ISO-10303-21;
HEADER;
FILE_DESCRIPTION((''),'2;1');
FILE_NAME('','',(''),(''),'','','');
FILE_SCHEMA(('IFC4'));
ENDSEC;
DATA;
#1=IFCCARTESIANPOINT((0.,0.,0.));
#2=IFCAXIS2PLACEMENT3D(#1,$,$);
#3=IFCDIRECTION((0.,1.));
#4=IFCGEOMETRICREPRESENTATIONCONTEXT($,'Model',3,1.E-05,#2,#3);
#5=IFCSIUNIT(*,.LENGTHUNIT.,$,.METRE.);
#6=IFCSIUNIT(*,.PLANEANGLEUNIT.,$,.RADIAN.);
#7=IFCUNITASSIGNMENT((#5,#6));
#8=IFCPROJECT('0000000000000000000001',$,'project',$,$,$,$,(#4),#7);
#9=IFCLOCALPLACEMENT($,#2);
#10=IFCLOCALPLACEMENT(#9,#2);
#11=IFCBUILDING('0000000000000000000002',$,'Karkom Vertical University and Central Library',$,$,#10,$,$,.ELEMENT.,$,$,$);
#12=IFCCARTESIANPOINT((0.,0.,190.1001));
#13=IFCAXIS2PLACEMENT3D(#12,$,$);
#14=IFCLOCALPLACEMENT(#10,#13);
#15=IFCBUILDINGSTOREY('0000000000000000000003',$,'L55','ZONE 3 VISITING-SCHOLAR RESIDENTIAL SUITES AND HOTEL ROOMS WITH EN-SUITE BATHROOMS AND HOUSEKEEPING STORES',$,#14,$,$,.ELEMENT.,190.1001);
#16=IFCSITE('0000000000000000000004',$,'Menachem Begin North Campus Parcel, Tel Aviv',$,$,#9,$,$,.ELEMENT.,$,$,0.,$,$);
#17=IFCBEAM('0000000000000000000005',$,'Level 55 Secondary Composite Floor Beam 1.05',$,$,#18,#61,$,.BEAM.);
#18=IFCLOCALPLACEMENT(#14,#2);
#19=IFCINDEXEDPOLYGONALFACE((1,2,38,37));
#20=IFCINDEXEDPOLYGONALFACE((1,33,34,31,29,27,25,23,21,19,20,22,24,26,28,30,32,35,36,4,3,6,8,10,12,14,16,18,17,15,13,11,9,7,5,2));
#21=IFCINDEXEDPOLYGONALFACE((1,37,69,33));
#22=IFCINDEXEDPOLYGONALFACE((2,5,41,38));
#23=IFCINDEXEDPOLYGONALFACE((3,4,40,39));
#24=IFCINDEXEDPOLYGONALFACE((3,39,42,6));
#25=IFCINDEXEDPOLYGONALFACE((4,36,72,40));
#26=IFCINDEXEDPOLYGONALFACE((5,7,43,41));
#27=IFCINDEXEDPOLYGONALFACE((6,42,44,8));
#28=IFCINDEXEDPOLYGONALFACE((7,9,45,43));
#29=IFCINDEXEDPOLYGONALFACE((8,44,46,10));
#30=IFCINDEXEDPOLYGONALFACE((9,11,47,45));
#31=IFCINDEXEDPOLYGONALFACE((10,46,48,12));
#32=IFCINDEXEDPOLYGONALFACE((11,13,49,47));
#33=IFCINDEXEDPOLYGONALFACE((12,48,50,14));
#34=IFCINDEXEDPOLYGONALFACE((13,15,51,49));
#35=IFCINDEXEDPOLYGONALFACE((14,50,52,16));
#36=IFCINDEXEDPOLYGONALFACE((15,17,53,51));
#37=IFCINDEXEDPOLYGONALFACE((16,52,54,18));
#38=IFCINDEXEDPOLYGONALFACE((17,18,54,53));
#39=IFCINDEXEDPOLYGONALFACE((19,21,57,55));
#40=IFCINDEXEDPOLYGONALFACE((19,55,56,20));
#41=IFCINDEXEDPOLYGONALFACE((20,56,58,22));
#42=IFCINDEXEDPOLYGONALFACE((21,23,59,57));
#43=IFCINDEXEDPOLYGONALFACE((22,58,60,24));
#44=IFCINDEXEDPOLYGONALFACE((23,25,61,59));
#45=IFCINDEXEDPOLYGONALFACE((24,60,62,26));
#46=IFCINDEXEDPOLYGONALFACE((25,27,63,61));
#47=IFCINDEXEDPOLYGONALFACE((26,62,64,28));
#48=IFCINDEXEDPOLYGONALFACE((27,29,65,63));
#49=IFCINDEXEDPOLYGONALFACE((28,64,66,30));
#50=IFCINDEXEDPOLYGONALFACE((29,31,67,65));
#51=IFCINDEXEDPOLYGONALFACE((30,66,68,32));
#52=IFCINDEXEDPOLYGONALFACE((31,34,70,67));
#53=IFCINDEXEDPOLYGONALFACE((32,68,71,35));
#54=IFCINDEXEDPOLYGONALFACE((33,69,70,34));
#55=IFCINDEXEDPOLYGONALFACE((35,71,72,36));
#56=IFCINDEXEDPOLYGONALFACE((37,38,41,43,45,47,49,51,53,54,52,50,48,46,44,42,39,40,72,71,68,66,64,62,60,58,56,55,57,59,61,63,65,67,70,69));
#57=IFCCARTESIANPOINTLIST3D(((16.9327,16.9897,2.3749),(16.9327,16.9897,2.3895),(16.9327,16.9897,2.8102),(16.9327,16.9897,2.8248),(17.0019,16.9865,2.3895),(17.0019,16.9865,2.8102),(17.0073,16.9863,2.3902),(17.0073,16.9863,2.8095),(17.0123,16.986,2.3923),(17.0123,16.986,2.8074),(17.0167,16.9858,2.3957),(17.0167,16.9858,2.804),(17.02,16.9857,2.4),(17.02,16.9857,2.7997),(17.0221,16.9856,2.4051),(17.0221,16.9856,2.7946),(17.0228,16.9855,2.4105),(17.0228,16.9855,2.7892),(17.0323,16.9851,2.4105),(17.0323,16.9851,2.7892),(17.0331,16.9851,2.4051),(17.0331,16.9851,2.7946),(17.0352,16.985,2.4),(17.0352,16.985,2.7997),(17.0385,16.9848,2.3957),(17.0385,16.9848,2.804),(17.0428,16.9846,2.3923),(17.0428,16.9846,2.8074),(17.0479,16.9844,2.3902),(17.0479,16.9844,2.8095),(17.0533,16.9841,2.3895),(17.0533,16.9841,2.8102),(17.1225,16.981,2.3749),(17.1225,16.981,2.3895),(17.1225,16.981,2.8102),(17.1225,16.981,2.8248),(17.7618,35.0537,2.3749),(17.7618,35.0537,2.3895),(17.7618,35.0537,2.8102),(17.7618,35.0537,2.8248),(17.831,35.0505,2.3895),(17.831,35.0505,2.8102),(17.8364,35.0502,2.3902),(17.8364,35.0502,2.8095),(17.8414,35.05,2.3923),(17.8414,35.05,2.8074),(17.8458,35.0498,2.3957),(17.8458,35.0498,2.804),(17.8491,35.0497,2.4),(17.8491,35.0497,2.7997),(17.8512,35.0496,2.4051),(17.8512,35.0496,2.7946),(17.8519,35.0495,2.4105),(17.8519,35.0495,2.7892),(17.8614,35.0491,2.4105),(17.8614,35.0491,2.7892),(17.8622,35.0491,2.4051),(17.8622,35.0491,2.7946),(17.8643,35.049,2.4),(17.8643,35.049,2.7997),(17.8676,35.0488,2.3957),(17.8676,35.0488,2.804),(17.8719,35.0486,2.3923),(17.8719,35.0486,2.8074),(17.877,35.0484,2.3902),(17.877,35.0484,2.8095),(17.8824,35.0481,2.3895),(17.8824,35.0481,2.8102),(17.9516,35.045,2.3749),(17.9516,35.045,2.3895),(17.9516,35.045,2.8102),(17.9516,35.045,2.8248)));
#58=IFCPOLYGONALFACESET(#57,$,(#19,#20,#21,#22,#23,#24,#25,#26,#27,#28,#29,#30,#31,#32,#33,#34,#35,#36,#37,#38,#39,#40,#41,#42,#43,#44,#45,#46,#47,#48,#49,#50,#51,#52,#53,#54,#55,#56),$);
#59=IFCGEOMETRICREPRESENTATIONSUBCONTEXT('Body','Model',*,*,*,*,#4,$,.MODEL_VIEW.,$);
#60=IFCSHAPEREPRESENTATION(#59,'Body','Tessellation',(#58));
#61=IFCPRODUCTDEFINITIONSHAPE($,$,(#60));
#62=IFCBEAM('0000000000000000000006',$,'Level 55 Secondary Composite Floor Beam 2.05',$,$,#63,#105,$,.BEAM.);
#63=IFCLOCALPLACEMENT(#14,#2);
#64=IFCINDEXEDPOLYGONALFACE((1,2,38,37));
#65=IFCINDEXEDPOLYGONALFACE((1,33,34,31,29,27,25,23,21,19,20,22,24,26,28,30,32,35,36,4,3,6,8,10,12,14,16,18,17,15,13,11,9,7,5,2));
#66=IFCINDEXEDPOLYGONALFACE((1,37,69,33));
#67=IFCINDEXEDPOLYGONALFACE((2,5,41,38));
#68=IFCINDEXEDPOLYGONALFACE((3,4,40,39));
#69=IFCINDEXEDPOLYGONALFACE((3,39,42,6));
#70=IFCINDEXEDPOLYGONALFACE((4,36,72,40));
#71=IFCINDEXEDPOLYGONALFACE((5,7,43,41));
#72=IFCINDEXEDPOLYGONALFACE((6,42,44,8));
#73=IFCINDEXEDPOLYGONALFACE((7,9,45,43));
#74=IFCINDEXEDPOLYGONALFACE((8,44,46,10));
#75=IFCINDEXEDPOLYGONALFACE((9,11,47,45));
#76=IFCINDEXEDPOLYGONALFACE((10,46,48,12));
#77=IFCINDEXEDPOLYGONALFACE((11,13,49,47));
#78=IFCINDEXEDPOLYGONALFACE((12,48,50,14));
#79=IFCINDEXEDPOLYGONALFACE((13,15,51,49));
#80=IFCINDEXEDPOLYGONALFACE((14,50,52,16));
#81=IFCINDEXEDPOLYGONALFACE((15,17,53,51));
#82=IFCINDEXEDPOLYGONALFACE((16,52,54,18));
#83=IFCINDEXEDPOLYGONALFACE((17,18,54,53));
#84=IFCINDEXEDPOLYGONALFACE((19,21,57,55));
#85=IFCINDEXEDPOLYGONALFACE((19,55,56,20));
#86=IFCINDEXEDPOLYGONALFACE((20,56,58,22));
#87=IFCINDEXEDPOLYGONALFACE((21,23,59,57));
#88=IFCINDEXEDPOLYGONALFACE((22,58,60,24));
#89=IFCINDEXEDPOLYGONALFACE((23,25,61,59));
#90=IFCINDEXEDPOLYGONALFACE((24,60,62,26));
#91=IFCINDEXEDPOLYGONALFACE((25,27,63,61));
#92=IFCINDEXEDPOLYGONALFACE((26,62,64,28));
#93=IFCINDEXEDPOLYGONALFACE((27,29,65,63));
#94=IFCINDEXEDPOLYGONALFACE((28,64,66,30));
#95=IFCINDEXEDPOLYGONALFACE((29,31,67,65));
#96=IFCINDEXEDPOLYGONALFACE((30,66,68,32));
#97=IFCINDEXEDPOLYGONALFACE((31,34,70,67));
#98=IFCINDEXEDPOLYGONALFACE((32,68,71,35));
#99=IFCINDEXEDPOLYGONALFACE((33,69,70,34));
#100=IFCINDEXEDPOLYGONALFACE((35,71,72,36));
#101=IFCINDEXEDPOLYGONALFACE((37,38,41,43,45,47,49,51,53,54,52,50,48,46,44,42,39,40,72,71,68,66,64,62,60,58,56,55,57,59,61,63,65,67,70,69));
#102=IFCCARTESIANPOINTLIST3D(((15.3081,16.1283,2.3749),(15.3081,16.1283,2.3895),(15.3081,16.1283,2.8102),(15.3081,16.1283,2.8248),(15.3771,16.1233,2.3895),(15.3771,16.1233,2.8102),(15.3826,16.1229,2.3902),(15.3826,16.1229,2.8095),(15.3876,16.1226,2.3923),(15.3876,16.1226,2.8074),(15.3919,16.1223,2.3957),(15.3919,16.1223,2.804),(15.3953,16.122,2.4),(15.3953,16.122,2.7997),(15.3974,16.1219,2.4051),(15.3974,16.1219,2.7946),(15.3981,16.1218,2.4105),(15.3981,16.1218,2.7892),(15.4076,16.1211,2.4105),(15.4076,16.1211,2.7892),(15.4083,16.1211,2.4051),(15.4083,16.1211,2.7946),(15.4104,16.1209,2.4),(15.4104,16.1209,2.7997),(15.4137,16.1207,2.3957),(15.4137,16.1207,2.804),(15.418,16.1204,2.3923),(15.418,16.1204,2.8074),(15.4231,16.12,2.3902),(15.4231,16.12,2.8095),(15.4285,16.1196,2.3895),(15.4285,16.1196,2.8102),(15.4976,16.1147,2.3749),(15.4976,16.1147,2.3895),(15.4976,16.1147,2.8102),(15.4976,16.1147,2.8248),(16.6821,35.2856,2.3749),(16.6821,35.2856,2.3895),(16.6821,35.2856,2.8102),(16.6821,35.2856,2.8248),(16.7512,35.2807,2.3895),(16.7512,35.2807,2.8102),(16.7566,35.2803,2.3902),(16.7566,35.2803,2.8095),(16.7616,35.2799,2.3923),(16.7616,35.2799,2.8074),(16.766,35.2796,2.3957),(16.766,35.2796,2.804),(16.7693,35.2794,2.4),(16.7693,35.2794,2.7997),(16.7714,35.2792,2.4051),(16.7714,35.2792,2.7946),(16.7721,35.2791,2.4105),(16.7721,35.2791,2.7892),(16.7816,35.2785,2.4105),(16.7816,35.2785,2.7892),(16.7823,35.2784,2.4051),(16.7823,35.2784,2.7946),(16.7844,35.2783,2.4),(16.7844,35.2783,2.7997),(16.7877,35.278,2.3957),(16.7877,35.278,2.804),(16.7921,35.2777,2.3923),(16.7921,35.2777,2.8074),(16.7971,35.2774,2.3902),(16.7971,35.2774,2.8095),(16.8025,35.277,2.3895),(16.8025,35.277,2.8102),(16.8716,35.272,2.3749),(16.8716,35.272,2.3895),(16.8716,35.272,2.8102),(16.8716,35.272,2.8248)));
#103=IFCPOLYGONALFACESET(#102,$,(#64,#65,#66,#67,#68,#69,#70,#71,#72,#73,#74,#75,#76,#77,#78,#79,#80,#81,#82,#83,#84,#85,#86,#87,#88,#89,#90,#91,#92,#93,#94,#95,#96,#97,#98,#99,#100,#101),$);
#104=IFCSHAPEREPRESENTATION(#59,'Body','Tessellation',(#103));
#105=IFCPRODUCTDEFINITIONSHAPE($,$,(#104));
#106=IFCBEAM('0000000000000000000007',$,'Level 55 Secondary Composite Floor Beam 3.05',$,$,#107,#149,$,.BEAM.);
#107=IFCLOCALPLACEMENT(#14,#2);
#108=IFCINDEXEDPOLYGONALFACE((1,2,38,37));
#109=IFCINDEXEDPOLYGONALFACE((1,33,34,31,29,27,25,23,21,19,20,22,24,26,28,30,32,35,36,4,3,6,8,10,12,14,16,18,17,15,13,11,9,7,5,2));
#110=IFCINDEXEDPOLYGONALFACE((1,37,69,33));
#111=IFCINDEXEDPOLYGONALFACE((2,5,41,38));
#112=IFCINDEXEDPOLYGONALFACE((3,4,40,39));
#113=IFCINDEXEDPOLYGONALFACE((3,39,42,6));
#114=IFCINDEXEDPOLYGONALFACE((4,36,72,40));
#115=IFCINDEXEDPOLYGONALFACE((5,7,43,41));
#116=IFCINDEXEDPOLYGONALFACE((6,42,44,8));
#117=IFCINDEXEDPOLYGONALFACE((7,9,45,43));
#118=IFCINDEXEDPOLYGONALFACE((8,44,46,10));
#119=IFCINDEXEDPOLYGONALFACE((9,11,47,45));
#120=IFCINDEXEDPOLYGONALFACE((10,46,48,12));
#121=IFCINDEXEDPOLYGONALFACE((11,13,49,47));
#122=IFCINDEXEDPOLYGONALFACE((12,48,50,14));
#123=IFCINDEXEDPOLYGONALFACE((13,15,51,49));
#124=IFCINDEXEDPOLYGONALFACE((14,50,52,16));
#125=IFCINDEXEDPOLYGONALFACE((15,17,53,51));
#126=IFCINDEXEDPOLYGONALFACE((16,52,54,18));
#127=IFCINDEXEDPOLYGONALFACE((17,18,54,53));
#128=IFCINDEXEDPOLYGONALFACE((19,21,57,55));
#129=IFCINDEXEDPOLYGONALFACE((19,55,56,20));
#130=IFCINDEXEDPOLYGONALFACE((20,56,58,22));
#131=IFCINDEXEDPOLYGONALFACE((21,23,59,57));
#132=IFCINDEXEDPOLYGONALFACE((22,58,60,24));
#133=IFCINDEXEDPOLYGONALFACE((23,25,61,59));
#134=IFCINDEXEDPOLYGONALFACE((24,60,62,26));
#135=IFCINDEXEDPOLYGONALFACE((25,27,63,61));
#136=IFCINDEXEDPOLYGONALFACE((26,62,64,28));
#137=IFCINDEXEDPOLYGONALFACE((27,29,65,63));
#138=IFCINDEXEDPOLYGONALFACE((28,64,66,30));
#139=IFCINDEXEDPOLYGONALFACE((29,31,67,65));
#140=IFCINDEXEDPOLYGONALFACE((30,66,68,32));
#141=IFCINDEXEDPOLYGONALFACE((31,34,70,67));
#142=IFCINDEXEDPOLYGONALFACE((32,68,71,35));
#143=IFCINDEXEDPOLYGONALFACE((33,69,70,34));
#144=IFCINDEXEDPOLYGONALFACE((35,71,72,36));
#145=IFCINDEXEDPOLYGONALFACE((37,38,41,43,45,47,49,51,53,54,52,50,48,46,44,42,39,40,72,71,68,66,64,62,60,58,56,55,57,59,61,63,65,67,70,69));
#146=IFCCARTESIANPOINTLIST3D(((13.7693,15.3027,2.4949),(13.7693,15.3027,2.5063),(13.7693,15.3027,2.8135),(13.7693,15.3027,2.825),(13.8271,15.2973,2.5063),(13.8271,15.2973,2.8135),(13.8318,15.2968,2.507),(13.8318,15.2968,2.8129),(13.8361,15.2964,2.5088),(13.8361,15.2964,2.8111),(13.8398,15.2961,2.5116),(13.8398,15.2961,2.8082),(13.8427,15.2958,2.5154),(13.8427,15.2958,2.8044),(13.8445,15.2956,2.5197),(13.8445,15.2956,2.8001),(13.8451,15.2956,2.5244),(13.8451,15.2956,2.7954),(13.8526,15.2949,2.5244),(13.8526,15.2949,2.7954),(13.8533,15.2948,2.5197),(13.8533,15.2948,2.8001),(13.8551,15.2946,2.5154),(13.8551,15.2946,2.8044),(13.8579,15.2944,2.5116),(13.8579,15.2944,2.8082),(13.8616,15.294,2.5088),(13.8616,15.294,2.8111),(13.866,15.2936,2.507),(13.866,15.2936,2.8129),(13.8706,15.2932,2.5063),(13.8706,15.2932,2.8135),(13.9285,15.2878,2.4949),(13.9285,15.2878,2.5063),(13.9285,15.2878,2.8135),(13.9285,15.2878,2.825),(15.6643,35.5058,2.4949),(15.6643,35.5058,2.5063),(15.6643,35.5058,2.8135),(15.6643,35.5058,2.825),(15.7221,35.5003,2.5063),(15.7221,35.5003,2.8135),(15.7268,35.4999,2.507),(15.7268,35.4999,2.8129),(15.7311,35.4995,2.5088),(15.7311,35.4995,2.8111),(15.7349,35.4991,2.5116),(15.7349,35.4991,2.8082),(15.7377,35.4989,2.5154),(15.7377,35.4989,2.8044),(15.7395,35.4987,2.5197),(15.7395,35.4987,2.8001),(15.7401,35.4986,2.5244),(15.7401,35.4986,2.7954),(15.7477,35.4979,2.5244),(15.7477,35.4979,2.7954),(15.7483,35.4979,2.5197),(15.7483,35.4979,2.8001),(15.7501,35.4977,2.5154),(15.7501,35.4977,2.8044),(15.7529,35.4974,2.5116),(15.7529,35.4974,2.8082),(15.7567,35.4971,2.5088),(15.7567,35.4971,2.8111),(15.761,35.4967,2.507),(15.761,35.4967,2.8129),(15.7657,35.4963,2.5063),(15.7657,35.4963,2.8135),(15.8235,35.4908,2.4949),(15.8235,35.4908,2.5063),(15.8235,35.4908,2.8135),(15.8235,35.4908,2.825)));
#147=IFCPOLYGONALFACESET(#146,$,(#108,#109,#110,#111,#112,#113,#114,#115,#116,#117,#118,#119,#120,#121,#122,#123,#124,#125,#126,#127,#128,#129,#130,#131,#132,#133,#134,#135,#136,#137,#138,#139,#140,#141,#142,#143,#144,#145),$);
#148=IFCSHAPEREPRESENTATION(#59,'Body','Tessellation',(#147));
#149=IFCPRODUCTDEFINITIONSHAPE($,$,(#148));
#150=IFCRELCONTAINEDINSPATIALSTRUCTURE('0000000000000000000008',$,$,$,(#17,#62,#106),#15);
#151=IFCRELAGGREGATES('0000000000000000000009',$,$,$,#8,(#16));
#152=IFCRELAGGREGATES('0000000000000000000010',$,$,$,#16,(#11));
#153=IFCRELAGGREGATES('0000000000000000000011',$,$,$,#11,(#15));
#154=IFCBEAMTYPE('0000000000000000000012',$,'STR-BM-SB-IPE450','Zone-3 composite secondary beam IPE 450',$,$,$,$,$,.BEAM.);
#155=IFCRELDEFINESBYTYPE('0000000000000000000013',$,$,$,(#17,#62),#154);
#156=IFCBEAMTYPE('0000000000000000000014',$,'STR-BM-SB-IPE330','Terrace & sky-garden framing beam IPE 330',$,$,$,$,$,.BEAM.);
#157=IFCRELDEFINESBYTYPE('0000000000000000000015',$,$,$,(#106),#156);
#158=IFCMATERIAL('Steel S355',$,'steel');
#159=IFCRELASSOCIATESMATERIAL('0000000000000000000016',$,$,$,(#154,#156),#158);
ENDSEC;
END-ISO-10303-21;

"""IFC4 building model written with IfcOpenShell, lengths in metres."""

from ifc_helpers import new_model, si_unit, direction, frame, origin, origin_with_axes, origin_2d, place, context, subcontext, project, spatial, i_section, extrude, source, transform, mapped, material, material_profile, profile_set, type_object, element, save


model = new_model("IFC4")

# Units and contexts
model_context = context("Model", 3, precision=1e-05, world=origin(), true_north=direction((0.0, 1.0)))
body_context = subcontext(model_context, "Body", "Model", "MODEL_VIEW")
ifc_project = project(units=[si_unit("LENGTHUNIT", "METRE"), si_unit("PLANEANGLEUNIT", "RADIAN")], contexts=[model_context])

# Site, building, storey
site_placement = place(None, origin())
site = spatial("IfcSite", under=ifc_project, at=site_placement, Name="Menachem Begin North Campus Parcel, Tel Aviv", CompositionType="ELEMENT", RefElevation=0.0)
building_placement = place(site_placement, origin())
building = spatial("IfcBuilding", under=site, at=building_placement, Name="Karkom Vertical University and Central Library", CompositionType="ELEMENT")
storey_placement = place(building_placement, frame((0.0, 0.0, 190.1001)))
storey = spatial("IfcBuildingStorey", under=building, at=storey_placement, Name="L55", Description="ZONE 3 VISITING-SCHOLAR RESIDENTIAL SUITES AND HOTEL ROOMS WITH EN-SUITE BATHROOMS AND HOUSEKEEPING STORES", CompositionType="ELEMENT", Elevation=190.1001)

# Beams
ifc_material_1 = material(Name="Steel S355", Category="steel")
ifc_material_profile_1 = material_profile(ifc_material_1, i_section(OverallWidth=0.1899, OverallDepth=0.45, WebThickness=0.0095, FlangeThickness=0.0146, FilletRadius=0.021, at=origin_2d()), Name="IPE 450")
ifc_profile_set_1 = profile_set([ifc_material_profile_1], Name="Steel S355")
beam_type_1 = type_object("IfcBeamType", Name="STR-BM-SB-IPE450", Description="Zone-3 composite secondary beam IPE 450", PredefinedType="BEAM", material=ifc_profile_set_1)
shared_shape_1 = source(origin_with_axes(), body_context, "Body", "SweptSolid", [
    extrude(i_section(OverallWidth=0.1899, OverallDepth=0.45, WebThickness=0.0095, FlangeThickness=0.0146, FilletRadius=0.021, at=origin_2d()), origin(), (0.0, 0.0, 1.0), 18.083),
])
beam_1_placement = place(storey_placement, frame((17.8567, 35.0493, 2.5999), z_axis=(-0.04585, -0.998948, 0.0), x_axis=(0.998948, -0.04585, 0.0)))
element("IfcBeam", 1, at=beam_1_placement, inside=storey, type_object=beam_type_1, Name="Level 55 Secondary Composite Floor Beam 1.05", PredefinedType="BEAM", context=body_context, shape_type="MappedRepresentation", body=[
    mapped(shared_shape_1, transform((0.0, 0.0, 0.0), scale=1.0)),
])
shared_shape_2 = source(origin_with_axes(), body_context, "Body", "SweptSolid", [
    extrude(i_section(OverallWidth=0.1899, OverallDepth=0.45, WebThickness=0.0095, FlangeThickness=0.0146, FilletRadius=0.021, at=origin_2d()), origin(), (0.0, 0.0, 1.0), 19.2065),
])
beam_2_placement = place(storey_placement, frame((16.7769, 35.2788, 2.5999), z_axis=(-0.07154, -0.997438, 0.0), x_axis=(0.997438, -0.07154, 0.0)))
element("IfcBeam", 2, at=beam_2_placement, inside=storey, type_object=beam_type_1, Name="Level 55 Secondary Composite Floor Beam 2.05", PredefinedType="BEAM", context=body_context, shape_type="MappedRepresentation", body=[
    mapped(shared_shape_2, transform((0.0, 0.0, 0.0), scale=1.0)),
])
ifc_material_profile_2 = material_profile(ifc_material_1, i_section(OverallWidth=0.1599, OverallDepth=0.3301, WebThickness=0.0076, FlangeThickness=0.0115, FilletRadius=0.0181, at=origin_2d()), Name="IPE 330")
ifc_profile_set_2 = profile_set([ifc_material_profile_2], Name="Steel S355")
beam_type_2 = type_object("IfcBeamType", Name="STR-BM-SB-IPE330", Description="Terrace & sky-garden framing beam IPE 330", PredefinedType="BEAM", material=ifc_profile_set_2)
shared_shape_3 = source(origin_with_axes(), body_context, "Body", "SweptSolid", [
    extrude(i_section(OverallWidth=0.1599, OverallDepth=0.3301, WebThickness=0.0076, FlangeThickness=0.0115, FilletRadius=0.0181, at=origin_2d()), origin(), (0.0, 0.0, 1.0), 20.2917),
])
beam_3_placement = place(storey_placement, frame((15.7439, 35.4983, 2.6599), z_axis=(-0.093388, -0.99563, 0.0), x_axis=(0.99563, -0.093388, 0.0)))
element("IfcBeam", 3, at=beam_3_placement, inside=storey, type_object=beam_type_2, Name="Level 55 Secondary Composite Floor Beam 3.05", PredefinedType="BEAM", context=body_context, shape_type="MappedRepresentation", body=[
    mapped(shared_shape_3, transform((0.0, 0.0, 0.0), scale=1.0)),
])

save(model, "model.ifc")
